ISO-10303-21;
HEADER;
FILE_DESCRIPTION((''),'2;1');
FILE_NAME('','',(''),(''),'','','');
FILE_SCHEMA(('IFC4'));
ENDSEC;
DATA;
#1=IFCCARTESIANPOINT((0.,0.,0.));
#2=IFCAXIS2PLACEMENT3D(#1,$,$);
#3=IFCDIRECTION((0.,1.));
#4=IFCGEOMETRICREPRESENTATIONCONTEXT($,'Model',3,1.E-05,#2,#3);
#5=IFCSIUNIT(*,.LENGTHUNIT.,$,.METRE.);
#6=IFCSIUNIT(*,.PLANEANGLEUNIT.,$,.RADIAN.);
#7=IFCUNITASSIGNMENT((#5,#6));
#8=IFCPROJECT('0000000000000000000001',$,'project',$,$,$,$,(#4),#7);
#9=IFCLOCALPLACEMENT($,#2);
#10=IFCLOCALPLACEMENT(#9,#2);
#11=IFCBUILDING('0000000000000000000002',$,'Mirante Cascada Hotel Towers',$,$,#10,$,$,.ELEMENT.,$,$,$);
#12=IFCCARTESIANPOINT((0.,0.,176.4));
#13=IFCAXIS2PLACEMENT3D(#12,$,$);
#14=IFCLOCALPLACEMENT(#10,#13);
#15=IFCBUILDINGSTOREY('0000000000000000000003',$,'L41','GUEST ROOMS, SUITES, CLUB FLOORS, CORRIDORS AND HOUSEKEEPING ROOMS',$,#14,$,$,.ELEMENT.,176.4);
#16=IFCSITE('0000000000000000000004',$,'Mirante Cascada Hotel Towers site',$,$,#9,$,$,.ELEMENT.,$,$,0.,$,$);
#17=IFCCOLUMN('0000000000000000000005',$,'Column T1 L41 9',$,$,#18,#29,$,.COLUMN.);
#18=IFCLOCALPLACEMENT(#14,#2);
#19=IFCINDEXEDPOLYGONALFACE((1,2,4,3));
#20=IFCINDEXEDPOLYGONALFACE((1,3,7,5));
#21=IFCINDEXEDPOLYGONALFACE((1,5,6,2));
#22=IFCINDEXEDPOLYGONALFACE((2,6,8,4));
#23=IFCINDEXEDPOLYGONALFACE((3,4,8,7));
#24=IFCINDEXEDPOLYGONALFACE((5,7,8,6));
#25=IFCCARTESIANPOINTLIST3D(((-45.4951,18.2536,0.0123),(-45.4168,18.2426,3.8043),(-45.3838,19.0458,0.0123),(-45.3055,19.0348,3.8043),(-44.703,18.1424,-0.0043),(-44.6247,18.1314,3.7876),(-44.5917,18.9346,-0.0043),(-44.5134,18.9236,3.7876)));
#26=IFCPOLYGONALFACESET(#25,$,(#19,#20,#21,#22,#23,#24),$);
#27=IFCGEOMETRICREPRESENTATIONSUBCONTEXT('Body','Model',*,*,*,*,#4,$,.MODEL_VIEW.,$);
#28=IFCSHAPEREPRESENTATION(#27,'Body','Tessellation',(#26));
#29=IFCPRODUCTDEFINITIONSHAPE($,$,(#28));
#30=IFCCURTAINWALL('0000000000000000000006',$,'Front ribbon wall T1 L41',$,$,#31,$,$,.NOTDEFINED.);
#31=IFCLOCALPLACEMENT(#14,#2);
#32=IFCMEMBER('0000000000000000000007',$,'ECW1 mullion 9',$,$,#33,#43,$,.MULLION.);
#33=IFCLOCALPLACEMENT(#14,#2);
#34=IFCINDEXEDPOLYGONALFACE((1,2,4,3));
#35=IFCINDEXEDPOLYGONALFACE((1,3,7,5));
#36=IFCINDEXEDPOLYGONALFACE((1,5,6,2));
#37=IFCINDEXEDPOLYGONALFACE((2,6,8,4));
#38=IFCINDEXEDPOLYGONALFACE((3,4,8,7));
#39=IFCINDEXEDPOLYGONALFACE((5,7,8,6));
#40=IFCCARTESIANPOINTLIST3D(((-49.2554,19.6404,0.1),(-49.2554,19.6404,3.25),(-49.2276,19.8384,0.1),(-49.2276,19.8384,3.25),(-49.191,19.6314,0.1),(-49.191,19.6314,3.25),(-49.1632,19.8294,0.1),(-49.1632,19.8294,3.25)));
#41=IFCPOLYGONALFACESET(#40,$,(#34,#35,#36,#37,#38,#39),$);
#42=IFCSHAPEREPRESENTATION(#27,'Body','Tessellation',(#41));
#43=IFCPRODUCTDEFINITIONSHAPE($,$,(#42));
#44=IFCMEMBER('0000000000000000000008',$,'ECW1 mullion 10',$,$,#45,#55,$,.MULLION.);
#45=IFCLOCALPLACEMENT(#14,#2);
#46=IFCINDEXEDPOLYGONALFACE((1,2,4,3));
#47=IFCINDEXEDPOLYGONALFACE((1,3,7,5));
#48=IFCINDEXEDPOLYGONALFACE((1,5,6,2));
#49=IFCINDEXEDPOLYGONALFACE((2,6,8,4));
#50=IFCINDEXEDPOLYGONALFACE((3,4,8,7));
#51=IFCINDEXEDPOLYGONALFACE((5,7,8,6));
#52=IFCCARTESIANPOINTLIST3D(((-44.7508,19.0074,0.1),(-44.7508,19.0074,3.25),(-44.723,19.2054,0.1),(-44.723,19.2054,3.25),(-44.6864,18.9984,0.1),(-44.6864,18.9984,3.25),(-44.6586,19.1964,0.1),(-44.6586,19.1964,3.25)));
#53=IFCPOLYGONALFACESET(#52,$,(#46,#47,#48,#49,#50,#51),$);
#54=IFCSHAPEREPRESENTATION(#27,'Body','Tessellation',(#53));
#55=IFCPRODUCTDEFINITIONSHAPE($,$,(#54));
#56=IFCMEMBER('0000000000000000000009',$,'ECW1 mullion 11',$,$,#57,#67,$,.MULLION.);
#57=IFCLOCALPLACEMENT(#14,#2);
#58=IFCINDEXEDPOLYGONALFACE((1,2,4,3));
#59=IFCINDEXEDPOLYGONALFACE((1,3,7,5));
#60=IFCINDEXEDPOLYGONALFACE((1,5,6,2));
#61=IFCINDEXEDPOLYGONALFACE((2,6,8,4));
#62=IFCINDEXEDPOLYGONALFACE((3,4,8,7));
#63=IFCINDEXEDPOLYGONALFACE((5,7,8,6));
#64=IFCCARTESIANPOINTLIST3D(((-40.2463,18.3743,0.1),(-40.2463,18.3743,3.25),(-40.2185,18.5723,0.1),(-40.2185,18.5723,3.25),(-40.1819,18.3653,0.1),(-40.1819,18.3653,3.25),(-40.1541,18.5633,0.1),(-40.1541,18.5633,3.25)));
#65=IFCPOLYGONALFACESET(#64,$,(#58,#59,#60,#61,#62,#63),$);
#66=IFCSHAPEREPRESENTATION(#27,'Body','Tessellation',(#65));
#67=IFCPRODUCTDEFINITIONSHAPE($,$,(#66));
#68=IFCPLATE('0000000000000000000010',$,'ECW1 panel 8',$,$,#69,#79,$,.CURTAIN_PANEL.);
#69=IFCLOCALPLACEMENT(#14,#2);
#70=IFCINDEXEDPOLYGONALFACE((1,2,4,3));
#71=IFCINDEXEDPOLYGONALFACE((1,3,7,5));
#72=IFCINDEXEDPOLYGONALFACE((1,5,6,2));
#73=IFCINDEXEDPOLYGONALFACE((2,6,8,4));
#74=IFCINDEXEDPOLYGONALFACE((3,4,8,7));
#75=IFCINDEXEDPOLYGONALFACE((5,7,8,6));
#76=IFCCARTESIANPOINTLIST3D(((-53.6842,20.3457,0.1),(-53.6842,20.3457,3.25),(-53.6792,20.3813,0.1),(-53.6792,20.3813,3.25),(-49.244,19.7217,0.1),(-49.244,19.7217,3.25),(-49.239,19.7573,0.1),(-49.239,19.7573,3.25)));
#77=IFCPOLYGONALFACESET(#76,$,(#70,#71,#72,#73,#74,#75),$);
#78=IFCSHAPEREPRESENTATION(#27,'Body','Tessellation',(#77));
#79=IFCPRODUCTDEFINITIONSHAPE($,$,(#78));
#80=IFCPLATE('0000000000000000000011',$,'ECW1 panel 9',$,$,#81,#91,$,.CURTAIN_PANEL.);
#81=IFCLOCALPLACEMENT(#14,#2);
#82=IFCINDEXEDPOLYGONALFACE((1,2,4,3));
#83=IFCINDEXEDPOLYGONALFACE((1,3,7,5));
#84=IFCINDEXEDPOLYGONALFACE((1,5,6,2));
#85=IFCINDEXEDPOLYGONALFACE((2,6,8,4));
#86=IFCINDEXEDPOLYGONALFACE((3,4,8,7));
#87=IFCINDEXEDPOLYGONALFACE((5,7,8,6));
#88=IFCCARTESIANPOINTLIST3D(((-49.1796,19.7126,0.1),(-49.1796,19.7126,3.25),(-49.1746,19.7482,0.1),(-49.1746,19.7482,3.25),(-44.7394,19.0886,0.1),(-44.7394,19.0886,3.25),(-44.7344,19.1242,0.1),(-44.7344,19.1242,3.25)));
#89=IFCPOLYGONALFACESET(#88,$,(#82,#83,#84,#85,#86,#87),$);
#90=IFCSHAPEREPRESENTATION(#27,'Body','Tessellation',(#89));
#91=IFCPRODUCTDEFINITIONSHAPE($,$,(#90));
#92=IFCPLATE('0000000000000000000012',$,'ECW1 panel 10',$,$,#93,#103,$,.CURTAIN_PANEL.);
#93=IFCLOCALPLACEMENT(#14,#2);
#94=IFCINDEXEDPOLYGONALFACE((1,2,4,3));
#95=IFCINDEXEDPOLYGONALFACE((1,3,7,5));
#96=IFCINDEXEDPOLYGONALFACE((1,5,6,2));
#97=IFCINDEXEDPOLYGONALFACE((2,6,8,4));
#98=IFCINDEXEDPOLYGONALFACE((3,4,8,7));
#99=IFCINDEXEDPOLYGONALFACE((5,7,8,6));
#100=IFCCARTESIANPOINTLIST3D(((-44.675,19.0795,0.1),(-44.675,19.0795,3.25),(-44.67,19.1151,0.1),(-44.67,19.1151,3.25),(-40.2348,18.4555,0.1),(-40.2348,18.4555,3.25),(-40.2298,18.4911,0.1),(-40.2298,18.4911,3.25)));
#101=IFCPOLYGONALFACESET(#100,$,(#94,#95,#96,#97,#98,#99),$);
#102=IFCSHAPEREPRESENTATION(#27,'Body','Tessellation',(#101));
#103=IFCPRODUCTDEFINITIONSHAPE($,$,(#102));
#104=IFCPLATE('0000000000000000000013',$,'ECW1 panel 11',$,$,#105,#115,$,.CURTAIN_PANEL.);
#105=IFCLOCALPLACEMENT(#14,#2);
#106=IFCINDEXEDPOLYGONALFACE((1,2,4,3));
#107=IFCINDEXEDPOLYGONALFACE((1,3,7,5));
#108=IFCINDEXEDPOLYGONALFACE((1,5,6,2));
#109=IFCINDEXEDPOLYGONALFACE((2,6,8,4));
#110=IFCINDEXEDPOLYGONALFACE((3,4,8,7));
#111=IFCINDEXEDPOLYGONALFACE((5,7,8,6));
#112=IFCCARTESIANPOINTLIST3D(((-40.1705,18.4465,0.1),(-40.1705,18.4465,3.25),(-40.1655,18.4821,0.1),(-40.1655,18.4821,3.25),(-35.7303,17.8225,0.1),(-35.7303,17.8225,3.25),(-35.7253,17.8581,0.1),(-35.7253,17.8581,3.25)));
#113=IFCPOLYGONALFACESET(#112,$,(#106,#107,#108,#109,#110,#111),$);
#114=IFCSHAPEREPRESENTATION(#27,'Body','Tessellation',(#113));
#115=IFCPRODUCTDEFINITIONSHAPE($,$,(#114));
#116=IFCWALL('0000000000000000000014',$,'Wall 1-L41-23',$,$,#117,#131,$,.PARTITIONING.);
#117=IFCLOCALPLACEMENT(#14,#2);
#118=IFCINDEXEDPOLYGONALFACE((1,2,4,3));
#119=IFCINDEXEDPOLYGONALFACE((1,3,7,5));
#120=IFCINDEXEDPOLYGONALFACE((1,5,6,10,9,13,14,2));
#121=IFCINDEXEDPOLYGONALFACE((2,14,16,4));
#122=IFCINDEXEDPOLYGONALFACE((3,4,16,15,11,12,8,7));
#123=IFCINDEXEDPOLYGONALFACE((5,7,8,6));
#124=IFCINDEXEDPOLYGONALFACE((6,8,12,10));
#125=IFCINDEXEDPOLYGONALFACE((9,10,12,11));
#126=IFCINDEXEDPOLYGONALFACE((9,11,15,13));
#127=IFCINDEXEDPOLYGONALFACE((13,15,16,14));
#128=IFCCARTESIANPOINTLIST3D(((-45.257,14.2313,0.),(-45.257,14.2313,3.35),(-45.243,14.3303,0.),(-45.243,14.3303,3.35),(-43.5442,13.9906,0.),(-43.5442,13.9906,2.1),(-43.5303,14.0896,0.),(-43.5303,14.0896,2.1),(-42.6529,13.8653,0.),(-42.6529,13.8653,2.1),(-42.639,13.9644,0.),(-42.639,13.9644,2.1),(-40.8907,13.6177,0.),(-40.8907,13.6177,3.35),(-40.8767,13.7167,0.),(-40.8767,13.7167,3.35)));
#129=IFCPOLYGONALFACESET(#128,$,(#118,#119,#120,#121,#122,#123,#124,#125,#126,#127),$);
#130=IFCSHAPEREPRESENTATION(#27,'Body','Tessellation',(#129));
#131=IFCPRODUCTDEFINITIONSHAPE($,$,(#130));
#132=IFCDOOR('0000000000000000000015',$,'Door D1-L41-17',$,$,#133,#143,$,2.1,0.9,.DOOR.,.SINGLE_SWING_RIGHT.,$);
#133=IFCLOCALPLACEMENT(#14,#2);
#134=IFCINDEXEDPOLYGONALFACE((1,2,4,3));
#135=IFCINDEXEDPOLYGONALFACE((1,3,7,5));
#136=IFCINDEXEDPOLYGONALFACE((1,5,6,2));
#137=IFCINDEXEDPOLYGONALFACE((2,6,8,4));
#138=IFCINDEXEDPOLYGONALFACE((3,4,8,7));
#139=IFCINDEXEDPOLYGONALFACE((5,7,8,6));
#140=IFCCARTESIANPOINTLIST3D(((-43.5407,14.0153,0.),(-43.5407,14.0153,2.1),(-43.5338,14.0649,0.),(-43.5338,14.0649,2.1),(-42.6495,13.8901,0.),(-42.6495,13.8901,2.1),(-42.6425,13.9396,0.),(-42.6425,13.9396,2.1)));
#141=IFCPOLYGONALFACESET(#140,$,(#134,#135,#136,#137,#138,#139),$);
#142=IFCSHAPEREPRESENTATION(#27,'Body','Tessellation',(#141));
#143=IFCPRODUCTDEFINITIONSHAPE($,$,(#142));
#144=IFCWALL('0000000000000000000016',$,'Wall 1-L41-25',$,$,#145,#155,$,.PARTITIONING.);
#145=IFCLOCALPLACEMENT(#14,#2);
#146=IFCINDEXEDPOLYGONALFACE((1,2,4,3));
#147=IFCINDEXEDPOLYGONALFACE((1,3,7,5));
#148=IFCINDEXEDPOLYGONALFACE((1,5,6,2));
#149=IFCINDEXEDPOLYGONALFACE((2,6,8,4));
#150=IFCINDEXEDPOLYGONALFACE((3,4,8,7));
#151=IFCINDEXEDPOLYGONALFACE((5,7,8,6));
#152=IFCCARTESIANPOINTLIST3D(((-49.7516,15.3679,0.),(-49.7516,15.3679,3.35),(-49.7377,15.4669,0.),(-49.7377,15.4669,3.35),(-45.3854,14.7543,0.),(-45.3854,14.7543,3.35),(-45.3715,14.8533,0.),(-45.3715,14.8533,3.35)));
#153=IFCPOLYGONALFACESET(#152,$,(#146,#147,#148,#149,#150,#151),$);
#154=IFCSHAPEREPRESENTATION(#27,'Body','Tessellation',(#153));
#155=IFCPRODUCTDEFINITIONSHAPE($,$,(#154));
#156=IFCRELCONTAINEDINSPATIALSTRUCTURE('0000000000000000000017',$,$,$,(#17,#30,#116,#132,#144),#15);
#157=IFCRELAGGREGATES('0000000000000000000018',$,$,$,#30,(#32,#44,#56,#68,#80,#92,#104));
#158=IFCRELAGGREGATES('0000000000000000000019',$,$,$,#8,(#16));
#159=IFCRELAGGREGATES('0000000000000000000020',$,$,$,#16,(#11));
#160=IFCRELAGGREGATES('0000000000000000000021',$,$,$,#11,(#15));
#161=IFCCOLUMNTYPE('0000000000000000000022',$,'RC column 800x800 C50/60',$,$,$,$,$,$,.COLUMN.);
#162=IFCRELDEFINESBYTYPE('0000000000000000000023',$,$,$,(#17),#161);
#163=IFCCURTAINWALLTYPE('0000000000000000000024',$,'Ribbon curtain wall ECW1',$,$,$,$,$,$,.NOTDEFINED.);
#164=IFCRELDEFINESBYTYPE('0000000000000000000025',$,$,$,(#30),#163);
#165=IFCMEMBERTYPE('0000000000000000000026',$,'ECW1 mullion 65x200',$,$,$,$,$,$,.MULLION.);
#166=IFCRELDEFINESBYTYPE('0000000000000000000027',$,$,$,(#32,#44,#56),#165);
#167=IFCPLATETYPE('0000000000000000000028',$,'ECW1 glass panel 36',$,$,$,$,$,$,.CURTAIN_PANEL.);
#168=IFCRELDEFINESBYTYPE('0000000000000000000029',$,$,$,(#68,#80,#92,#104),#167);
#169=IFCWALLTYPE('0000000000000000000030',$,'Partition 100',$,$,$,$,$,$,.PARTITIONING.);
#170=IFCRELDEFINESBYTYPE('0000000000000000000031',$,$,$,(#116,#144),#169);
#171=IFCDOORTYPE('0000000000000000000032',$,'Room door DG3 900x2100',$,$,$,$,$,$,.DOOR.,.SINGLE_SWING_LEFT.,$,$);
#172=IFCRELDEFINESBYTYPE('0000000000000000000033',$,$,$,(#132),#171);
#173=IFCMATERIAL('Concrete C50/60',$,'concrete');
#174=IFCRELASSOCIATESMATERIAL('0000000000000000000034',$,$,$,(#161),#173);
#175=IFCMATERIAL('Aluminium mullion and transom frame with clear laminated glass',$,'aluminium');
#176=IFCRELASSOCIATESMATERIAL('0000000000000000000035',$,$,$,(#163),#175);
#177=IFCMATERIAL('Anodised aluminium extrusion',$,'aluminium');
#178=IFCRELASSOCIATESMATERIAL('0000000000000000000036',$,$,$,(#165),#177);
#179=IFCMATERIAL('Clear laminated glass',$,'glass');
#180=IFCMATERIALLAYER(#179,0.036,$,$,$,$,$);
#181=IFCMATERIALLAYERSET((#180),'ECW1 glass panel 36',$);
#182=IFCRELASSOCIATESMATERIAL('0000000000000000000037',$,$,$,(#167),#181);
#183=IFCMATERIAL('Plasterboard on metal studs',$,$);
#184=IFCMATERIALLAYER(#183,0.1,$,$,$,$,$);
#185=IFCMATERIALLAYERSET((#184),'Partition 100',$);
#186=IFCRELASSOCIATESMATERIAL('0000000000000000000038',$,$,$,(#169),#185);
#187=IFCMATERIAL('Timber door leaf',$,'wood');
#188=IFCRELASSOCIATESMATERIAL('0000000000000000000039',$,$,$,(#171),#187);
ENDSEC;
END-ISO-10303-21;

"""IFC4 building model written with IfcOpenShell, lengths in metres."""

from ifc_helpers import new_model, si_unit, direction, frame, frame_2d, origin, origin_2d, place, context, subcontext, project, spatial, rectangle, extrude, material, layer, layer_set, material_profile, profile_set, type_object, element, fill, aggregate, save


model = new_model("IFC4")

# Units and contexts
model_context = context("Model", 3, precision=1e-05, world=origin(), true_north=direction((0.0, 1.0)))
body_context = subcontext(model_context, "Body", "Model", "MODEL_VIEW")
ifc_project = project(units=[si_unit("LENGTHUNIT", "METRE"), si_unit("PLANEANGLEUNIT", "RADIAN")], contexts=[model_context])

# Site, building, storey
site_placement = place(None, origin())
site = spatial("IfcSite", under=ifc_project, at=site_placement, Name="Mirante Cascada Hotel Towers site", CompositionType="ELEMENT", RefElevation=0.0)
building_placement = place(site_placement, origin())
building = spatial("IfcBuilding", under=site, at=building_placement, Name="Mirante Cascada Hotel Towers", CompositionType="ELEMENT")
storey_placement = place(building_placement, frame((0.0, 0.0, 176.4)))
storey = spatial("IfcBuildingStorey", under=building, at=storey_placement, Name="L41", Description="GUEST ROOMS, SUITES, CLUB FLOORS, CORRIDORS AND HOUSEKEEPING ROOMS", CompositionType="ELEMENT", Elevation=176.4)

# Column
ifc_material_1 = material(Name="Concrete C50/60", Category="concrete")
ifc_material_profile_1 = material_profile(ifc_material_1, rectangle(XDim=0.8, YDim=0.8, at=origin_2d()), Name="RC column 800x800 C50/60")
ifc_profile_set_1 = profile_set([ifc_material_profile_1], Name="Concrete C50/60")
column_type = type_object("IfcColumnType", Name="RC column 800x800 C50/60", PredefinedType="COLUMN", material=ifc_profile_set_1)
column_placement = place(storey_placement, frame((-45.0434, 18.5941, 0.004), z_axis=(0.020644, -0.0029, 0.999783), x_axis=(0.139119, 0.990276, 0.0)))
element("IfcColumn", 1, at=column_placement, inside=storey, type_object=column_type, Name="Column T1 L41 9", PredefinedType="COLUMN", context=body_context, shape_type="SweptSolid", body=[
    extrude(rectangle(XDim=0.8, YDim=0.8, at=origin_2d()), origin(), (0.0, 0.0, 1.0), 3.7928),
])

# Curtain wall, members, plates
ifc_material_2 = material(Name="Aluminium mullion and transom frame with clear laminated glass", Category="aluminium")
curtain_wall_type = type_object("IfcCurtainWallType", Name="Ribbon curtain wall ECW1", PredefinedType="NOTDEFINED", material=ifc_material_2)
curtain_wall_placement = place(storey_placement, origin())
curtain_wall = element("IfcCurtainWall", 2, at=curtain_wall_placement, inside=storey, type_object=curtain_wall_type, Name="Front ribbon wall T1 L41", PredefinedType="NOTDEFINED")
ifc_material_3 = material(Name="Anodised aluminium extrusion", Category="aluminium")
ifc_material_profile_2 = material_profile(ifc_material_3, rectangle(XDim=0.2, YDim=0.065, at=origin_2d()), Name="ECW1 MULLION 65x200")
ifc_profile_set_2 = profile_set([ifc_material_profile_2], Name="Anodised aluminium extrusion")
member_type = type_object("IfcMemberType", Name="ECW1 mullion 65x200", PredefinedType="MULLION", material=ifc_profile_set_2)
member_1_placement = place(storey_placement, frame((-49.2093, 19.7349, 0.1), z_axis=(0.0, 0.0, 1.0), x_axis=(0.139173, 0.990268, 0.0)))
member_1 = element("IfcMember", 3, at=member_1_placement, type_object=member_type, Name="ECW1 mullion 9", PredefinedType="MULLION", context=body_context, shape_type="SweptSolid", body=[
    extrude(rectangle(XDim=0.2, YDim=0.065, at=origin_2d()), origin(), (0.0, 0.0, 1.0), 3.15),
])
member_2_placement = place(storey_placement, frame((-44.7047, 19.1019, 0.1), z_axis=(0.0, 0.0, 1.0), x_axis=(0.139173, 0.990268, 0.0)))
member_2 = element("IfcMember", 4, at=member_2_placement, type_object=member_type, Name="ECW1 mullion 10", PredefinedType="MULLION", context=body_context, shape_type="SweptSolid", body=[
    extrude(rectangle(XDim=0.2, YDim=0.065, at=origin_2d()), origin(), (0.0, 0.0, 1.0), 3.15),
])
member_3_placement = place(storey_placement, frame((-40.2002, 18.4688, 0.1), z_axis=(0.0, 0.0, 1.0), x_axis=(0.139173, 0.990268, 0.0)))
member_3 = element("IfcMember", 5, at=member_3_placement, type_object=member_type, Name="ECW1 mullion 11", PredefinedType="MULLION", context=body_context, shape_type="SweptSolid", body=[
    extrude(rectangle(XDim=0.2, YDim=0.065, at=origin_2d()), origin(), (0.0, 0.0, 1.0), 3.15),
])
ifc_material_4 = material(Name="Clear laminated glass", Category="glass")
ifc_layer_1 = layer(ifc_material_4, 0.036)
ifc_layer_set_1 = layer_set([ifc_layer_1], Name="ECW1 glass panel 36")
plate_type = type_object("IfcPlateType", Name="ECW1 glass panel 36", PredefinedType="CURTAIN_PANEL", material=ifc_layer_set_1)
plate_1_placement = place(storey_placement, frame((-51.4616, 20.0515, 0.1), z_axis=(0.0, 0.0, 1.0), x_axis=(0.990268, -0.139173, 0.0)))
plate_1 = element("IfcPlate", 6, at=plate_1_placement, type_object=plate_type, Name="ECW1 panel 8", PredefinedType="CURTAIN_PANEL", context=body_context, shape_type="SweptSolid", body=[
    extrude(rectangle(XDim=4.4838, YDim=0.036, at=origin_2d()), origin(), (0.0, 0.0, 1.0), 3.15),
])
plate_2_placement = place(storey_placement, frame((-46.957, 19.4184, 0.1), z_axis=(0.0, 0.0, 1.0), x_axis=(0.990268, -0.139173, 0.0)))
plate_2 = element("IfcPlate", 7, at=plate_2_placement, type_object=plate_type, Name="ECW1 panel 9", PredefinedType="CURTAIN_PANEL", context=body_context, shape_type="SweptSolid", body=[
    extrude(rectangle(XDim=4.4838, YDim=0.036, at=origin_2d()), origin(), (0.0, 0.0, 1.0), 3.15),
])
plate_3_placement = place(storey_placement, frame((-42.4524, 18.7853, 0.1), z_axis=(0.0, 0.0, 1.0), x_axis=(0.990268, -0.139173, 0.0)))
plate_3 = element("IfcPlate", 8, at=plate_3_placement, type_object=plate_type, Name="ECW1 panel 10", PredefinedType="CURTAIN_PANEL", context=body_context, shape_type="SweptSolid", body=[
    extrude(rectangle(XDim=4.4838, YDim=0.036, at=origin_2d()), origin(), (0.0, 0.0, 1.0), 3.15),
])
plate_4_placement = place(storey_placement, frame((-37.9479, 18.1523, 0.1), z_axis=(0.0, 0.0, 1.0), x_axis=(0.990268, -0.139173, 0.0)))
plate_4 = element("IfcPlate", 9, at=plate_4_placement, type_object=plate_type, Name="ECW1 panel 11", PredefinedType="CURTAIN_PANEL", context=body_context, shape_type="SweptSolid", body=[
    extrude(rectangle(XDim=4.4838, YDim=0.036, at=origin_2d()), origin(), (0.0, 0.0, 1.0), 3.15),
])
aggregate(curtain_wall, [member_1, member_2, member_3, plate_1, plate_2, plate_3, plate_4])

# Wall, opening, door
ifc_material_5 = material(Name="Plasterboard on metal studs")
ifc_layer_2 = layer(ifc_material_5, 0.1)
ifc_layer_set_2 = layer_set([ifc_layer_2], Name="Partition 100")
wall_type = type_object("IfcWallType", Name="Partition 100", PredefinedType="PARTITIONING", material=ifc_layer_set_2)
wall_1_placement = place(storey_placement, frame((-45.25, 14.2808, 0.0), z_axis=(0.0, 0.0, 1.0), x_axis=(0.990269, -0.139163, 0.0)))
wall_1 = element("IfcWall", 10, at=wall_1_placement, inside=storey, type_object=wall_type, Name="Wall 1-L41-23", PredefinedType="PARTITIONING", context=body_context, shape_type="SweptSolid", body=[
    extrude(rectangle(XDim=4.4092, YDim=0.1, at=frame_2d((2.2046, 0.0))), origin(), (0.0, 0.0, 1.0), 3.35),
])
opening_1_placement = place(wall_1_placement, frame((1.7296, 0.0, 0.0)))
opening_1 = element("IfcOpeningElement", 11, at=opening_1_placement, cuts=wall_1, PredefinedType="OPENING", context=body_context, shape_type="SweptSolid", body=[
    extrude(rectangle(XDim=0.9, YDim=2.1, at=frame_2d((0.45, 1.05))), frame((0.0, 0.05, 0.0), z_axis=(0.0, -1.0, 0.0), x_axis=(1.0, 0.0, 0.0)), (0.0, 0.0, 1.0), 0.1),
])
ifc_material_6 = material(Name="Timber door leaf", Category="wood")
door_type_1 = type_object("IfcDoorType", Name="Room door DG3 900x2100", OperationType="SINGLE_SWING_LEFT", PredefinedType="DOOR", material=ifc_material_6)
door_1_placement = place(opening_1_placement, frame((0.9, 0.0, 0.0), z_axis=(0.0, 0.0, 1.0), x_axis=(-1.0, 0.0, 0.0)))
door_1 = element("IfcDoor", 12, at=door_1_placement, inside=storey, type_object=door_type_1, Name="Door D1-L41-17", OperationType="SINGLE_SWING_RIGHT", OverallHeight=2.1, OverallWidth=0.9, PredefinedType="DOOR", context=body_context, shape_type="SweptSolid", body=[
    extrude(rectangle(XDim=0.9, YDim=2.1, at=frame_2d((0.45, 1.05))), frame((0.0, 0.025, 0.0), z_axis=(0.0, -1.0, 0.0), x_axis=(1.0, 0.0, 0.0)), (0.0, 0.0, 1.0), 0.05),
])
fill(opening_1, door_1)

# Wall
wall_2_placement = place(storey_placement, frame((-49.7446, 15.4174, 0.0), z_axis=(0.0, 0.0, 1.0), x_axis=(0.990269, -0.139167, 0.0)))
element("IfcWall", 13, at=wall_2_placement, inside=storey, type_object=wall_type, Name="Wall 1-L41-25", PredefinedType="PARTITIONING", context=body_context, shape_type="SweptSolid", body=[
    extrude(rectangle(XDim=4.4091, YDim=0.1, at=frame_2d((2.2045, 0.0))), origin(), (0.0, 0.0, 1.0), 3.35),
])

save(model, "model.ifc")
